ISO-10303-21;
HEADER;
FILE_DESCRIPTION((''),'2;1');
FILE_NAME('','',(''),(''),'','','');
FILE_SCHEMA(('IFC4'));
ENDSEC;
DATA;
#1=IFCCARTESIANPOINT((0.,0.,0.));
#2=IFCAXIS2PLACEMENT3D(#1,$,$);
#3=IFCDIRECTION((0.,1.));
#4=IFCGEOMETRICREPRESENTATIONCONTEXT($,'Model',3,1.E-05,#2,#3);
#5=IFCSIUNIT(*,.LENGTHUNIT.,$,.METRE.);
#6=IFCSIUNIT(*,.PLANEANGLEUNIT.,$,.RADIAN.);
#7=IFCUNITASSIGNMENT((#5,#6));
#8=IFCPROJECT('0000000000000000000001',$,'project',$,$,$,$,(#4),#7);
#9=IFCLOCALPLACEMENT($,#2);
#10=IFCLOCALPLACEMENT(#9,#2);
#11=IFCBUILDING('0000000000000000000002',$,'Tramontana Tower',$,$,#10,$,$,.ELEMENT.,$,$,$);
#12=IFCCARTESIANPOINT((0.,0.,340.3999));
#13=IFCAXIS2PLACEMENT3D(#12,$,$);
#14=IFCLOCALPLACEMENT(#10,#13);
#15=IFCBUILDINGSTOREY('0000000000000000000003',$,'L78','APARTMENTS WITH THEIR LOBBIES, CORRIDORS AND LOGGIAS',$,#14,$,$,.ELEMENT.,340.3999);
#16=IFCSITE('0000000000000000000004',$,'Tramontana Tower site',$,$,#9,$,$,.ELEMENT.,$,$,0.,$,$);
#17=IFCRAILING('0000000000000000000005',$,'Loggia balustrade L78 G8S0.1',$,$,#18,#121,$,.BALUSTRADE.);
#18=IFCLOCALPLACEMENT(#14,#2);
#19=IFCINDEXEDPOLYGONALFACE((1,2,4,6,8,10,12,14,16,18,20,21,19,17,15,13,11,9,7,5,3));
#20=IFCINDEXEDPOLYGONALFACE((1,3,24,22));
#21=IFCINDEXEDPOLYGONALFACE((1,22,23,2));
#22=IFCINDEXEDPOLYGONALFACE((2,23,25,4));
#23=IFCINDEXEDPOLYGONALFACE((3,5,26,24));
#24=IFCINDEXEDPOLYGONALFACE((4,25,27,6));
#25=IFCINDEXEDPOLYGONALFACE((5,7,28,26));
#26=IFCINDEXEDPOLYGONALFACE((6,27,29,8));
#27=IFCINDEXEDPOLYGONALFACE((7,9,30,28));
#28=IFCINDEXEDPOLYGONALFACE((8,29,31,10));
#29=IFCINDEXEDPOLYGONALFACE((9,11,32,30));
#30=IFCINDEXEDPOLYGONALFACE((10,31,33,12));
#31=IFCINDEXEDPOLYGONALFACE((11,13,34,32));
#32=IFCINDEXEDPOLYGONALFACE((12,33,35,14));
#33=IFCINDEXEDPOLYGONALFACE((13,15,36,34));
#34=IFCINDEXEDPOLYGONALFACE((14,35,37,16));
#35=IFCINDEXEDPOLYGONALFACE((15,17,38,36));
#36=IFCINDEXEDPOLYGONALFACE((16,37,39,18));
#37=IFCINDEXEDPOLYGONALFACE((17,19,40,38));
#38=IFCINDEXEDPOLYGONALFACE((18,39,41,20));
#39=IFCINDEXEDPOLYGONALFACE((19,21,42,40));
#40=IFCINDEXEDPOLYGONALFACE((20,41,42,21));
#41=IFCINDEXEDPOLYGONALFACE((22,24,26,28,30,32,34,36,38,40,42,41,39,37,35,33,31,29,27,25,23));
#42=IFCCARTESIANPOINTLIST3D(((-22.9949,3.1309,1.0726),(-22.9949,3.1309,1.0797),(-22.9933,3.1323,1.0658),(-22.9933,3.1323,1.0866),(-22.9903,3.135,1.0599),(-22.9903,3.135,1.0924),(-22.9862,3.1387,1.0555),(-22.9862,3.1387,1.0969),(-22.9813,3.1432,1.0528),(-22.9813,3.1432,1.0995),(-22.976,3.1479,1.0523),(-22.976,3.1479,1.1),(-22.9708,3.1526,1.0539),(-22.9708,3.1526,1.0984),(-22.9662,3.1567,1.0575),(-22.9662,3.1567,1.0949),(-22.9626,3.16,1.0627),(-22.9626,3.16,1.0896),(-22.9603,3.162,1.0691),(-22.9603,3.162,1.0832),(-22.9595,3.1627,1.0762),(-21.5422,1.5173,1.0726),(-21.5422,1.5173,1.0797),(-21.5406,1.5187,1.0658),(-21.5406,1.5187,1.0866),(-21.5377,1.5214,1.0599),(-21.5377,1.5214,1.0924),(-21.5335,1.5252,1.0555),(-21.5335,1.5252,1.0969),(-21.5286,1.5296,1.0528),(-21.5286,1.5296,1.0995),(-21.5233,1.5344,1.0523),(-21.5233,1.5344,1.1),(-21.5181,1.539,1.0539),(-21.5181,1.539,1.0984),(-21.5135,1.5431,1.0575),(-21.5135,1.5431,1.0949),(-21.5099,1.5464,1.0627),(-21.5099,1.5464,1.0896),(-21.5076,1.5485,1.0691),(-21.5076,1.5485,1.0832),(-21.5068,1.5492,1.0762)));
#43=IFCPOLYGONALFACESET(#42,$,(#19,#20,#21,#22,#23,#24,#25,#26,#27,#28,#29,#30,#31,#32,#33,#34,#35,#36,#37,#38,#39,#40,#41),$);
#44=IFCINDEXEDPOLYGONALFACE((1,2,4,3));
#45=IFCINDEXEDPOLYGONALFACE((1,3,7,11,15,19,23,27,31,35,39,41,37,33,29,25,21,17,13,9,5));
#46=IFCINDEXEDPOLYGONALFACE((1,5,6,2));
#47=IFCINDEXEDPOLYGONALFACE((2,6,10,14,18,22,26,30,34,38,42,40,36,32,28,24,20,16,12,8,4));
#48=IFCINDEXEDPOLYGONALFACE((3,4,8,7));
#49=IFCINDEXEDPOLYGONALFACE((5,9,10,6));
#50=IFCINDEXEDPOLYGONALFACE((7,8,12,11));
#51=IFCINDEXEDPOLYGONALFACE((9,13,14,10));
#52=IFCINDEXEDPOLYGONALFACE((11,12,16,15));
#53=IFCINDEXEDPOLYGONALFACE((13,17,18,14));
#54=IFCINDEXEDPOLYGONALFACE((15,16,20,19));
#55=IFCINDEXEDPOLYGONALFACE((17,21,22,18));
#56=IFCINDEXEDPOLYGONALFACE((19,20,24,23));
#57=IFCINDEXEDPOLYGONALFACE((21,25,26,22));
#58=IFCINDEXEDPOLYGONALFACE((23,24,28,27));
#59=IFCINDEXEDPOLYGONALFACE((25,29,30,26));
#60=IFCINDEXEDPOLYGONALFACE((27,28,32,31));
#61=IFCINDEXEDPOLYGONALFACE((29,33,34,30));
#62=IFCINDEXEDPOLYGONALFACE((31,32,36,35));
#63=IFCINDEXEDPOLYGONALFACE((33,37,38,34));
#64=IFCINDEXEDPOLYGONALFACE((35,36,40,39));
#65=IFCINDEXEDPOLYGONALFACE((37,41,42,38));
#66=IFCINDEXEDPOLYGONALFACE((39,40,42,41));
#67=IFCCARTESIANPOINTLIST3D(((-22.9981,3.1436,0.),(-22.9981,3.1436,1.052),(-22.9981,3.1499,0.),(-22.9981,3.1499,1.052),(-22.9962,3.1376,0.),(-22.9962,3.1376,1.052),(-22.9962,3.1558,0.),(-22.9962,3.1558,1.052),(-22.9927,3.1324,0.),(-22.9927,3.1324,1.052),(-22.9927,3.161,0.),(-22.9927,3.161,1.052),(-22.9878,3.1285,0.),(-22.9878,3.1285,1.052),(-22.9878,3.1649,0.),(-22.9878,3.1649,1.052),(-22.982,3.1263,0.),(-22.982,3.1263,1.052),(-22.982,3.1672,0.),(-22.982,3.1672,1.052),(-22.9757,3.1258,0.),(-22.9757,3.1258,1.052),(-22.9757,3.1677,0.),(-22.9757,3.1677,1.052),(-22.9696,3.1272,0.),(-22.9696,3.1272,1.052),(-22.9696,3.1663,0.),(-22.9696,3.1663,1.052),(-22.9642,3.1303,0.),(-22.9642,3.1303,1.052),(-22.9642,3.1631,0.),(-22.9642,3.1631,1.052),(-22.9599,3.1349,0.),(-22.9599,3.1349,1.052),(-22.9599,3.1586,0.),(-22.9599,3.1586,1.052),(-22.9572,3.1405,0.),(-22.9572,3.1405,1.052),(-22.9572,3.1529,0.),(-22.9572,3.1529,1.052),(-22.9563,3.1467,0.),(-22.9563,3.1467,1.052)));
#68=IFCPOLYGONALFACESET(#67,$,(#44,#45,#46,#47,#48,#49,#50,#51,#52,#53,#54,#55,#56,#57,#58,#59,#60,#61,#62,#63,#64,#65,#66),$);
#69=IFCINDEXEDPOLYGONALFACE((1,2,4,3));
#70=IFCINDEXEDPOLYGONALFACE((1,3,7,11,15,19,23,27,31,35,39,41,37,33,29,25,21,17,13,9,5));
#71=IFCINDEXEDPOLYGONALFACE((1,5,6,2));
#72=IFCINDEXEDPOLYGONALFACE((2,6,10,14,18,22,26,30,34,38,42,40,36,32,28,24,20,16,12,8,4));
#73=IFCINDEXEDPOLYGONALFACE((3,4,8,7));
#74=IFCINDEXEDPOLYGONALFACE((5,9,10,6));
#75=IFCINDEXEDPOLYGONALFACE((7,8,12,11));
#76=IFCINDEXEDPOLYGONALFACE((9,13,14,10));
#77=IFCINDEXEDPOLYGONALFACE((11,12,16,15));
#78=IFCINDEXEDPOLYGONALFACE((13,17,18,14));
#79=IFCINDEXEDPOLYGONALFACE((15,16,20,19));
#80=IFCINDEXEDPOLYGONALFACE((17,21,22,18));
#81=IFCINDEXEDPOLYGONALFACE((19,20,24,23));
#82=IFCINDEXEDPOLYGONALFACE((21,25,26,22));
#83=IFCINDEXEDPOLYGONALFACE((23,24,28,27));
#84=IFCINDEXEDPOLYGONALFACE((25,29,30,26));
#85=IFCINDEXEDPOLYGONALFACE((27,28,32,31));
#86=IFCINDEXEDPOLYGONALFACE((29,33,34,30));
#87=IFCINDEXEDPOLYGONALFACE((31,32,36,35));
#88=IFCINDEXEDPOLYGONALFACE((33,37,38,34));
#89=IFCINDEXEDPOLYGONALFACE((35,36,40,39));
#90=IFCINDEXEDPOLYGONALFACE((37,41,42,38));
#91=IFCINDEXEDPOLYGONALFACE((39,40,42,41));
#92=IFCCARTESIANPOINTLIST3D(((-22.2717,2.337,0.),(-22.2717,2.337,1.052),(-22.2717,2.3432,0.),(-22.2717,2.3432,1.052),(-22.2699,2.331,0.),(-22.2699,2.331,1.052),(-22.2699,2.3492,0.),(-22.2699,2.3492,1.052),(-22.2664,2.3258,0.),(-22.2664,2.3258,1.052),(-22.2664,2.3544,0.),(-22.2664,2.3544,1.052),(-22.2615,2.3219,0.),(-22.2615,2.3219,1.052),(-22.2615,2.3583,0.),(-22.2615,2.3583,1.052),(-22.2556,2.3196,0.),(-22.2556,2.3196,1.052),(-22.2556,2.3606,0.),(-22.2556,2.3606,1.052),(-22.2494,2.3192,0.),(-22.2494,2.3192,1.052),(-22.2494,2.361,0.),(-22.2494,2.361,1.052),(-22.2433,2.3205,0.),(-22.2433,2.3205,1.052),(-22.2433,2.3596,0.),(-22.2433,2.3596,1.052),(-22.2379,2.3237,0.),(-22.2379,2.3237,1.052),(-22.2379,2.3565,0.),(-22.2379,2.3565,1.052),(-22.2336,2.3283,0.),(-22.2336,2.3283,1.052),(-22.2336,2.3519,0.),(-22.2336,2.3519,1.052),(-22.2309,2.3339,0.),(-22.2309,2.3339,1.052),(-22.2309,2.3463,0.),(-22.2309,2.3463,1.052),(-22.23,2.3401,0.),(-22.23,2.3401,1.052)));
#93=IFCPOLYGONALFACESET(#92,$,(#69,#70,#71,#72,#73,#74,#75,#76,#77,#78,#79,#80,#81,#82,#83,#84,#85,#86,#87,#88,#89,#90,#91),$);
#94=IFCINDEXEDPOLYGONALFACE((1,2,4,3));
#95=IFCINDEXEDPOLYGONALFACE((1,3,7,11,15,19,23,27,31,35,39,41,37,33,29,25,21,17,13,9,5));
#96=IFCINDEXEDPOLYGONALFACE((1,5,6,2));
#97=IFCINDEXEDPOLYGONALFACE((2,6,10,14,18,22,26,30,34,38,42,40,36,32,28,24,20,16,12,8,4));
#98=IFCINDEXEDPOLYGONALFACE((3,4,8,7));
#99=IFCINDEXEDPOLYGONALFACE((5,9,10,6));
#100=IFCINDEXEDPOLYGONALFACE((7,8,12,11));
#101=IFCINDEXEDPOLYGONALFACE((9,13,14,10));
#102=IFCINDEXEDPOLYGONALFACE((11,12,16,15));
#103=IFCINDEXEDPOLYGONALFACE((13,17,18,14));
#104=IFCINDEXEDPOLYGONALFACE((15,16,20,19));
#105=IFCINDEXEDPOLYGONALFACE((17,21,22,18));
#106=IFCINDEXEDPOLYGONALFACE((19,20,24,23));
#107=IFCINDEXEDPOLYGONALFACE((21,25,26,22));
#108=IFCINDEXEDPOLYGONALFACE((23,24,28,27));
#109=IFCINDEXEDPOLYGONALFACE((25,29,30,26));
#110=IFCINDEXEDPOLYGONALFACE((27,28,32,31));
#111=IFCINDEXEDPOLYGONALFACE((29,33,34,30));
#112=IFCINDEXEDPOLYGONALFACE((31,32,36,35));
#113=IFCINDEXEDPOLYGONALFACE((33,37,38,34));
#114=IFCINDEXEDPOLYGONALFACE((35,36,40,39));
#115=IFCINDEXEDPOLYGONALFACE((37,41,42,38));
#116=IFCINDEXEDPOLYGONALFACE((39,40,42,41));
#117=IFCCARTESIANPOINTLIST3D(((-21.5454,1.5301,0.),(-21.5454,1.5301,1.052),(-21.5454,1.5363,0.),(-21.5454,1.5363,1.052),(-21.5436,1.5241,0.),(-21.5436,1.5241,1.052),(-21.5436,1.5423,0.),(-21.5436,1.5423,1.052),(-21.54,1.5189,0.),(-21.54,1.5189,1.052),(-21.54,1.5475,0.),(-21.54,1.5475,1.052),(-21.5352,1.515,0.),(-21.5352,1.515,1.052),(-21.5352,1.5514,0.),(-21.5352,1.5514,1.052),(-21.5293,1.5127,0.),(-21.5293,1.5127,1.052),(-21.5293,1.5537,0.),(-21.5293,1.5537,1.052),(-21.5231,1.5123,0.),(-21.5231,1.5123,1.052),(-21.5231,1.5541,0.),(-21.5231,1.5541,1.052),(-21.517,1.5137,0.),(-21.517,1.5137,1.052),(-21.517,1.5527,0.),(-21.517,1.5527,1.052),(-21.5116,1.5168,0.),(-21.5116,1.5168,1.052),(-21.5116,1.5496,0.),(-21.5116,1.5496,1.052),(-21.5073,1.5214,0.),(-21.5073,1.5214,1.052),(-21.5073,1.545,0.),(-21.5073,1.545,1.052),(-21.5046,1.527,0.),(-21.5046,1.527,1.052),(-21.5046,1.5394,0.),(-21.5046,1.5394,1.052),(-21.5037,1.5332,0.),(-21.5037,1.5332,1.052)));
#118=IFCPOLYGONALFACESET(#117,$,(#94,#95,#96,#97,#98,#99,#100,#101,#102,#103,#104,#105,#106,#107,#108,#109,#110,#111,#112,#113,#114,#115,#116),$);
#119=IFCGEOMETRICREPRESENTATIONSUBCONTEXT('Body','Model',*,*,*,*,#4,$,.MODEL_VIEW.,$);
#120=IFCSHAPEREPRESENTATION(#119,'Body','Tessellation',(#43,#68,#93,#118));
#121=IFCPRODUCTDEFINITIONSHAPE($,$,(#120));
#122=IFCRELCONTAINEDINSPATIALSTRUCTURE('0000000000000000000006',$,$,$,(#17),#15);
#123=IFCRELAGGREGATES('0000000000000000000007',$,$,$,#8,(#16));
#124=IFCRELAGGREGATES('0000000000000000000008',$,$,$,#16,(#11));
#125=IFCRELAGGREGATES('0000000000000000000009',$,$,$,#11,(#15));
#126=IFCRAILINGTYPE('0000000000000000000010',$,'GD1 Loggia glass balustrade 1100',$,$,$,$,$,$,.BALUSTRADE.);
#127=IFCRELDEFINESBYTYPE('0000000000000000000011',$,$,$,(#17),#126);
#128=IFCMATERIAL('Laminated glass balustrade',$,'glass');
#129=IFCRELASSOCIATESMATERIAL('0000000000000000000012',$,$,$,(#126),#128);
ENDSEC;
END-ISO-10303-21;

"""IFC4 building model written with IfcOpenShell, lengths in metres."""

from ifc_helpers import new_model, si_unit, direction, frame, origin, origin_2d, place, context, subcontext, project, spatial, circle, extrude, material, type_object, element, save


model = new_model("IFC4")

# Units and contexts
model_context = context("Model", 3, precision=1e-05, world=origin(), true_north=direction((0.0, 1.0)))
body_context = subcontext(model_context, "Body", "Model", "MODEL_VIEW")
ifc_project = project(units=[si_unit("LENGTHUNIT", "METRE"), si_unit("PLANEANGLEUNIT", "RADIAN")], contexts=[model_context])

# Site, building, storey
site_placement = place(None, origin())
site = spatial("IfcSite", under=ifc_project, at=site_placement, Name="Tramontana Tower site", CompositionType="ELEMENT", RefElevation=0.0)
building_placement = place(site_placement, origin())
building = spatial("IfcBuilding", under=site, at=building_placement, Name="Tramontana Tower", CompositionType="ELEMENT")
storey_placement = place(building_placement, frame((0.0, 0.0, 340.3999)))
storey = spatial("IfcBuildingStorey", under=building, at=storey_placement, Name="L78", Description="APARTMENTS WITH THEIR LOBBIES, CORRIDORS AND LOGGIAS", CompositionType="ELEMENT", Elevation=340.3999)

# Railing
ifc_material_1 = material(Name="Laminated glass balustrade", Category="glass")
railing_type = type_object("IfcRailingType", Name="GD1 Loggia glass balustrade 1100", PredefinedType="BALUSTRADE", material=ifc_material_1)
railing_1_placement = place(storey_placement, frame((-22.9773, 3.1467, 0.0)))
element("IfcRailing", 1, at=railing_1_placement, inside=storey, type_object=railing_type, Name="Loggia balustrade L78 G8S0.1", PredefinedType="BALUSTRADE", context=body_context, shape_type="SweptSolid", body=[
    extrude(circle(Radius=0.0239, at=origin_2d()), frame((0.0, 0.0, 1.0762), z_axis=(0.669083, -0.743188, 0.0), x_axis=(0.743188, 0.669083, 0.0)), (0.0, 0.0, 1.0), 2.1711),
    extrude(circle(Radius=0.021, at=origin_2d()), origin(), (0.0, 0.0, 1.0), 1.052),
    extrude(circle(Radius=0.021, at=origin_2d()), frame((0.7263, -0.8066, 0.0)), (0.0, 0.0, 1.0), 1.052),
    extrude(circle(Radius=0.021, at=origin_2d()), frame((1.4526, -1.6135, 0.0)), (0.0, 0.0, 1.0), 1.052),
])

save(model, "model.ifc")
